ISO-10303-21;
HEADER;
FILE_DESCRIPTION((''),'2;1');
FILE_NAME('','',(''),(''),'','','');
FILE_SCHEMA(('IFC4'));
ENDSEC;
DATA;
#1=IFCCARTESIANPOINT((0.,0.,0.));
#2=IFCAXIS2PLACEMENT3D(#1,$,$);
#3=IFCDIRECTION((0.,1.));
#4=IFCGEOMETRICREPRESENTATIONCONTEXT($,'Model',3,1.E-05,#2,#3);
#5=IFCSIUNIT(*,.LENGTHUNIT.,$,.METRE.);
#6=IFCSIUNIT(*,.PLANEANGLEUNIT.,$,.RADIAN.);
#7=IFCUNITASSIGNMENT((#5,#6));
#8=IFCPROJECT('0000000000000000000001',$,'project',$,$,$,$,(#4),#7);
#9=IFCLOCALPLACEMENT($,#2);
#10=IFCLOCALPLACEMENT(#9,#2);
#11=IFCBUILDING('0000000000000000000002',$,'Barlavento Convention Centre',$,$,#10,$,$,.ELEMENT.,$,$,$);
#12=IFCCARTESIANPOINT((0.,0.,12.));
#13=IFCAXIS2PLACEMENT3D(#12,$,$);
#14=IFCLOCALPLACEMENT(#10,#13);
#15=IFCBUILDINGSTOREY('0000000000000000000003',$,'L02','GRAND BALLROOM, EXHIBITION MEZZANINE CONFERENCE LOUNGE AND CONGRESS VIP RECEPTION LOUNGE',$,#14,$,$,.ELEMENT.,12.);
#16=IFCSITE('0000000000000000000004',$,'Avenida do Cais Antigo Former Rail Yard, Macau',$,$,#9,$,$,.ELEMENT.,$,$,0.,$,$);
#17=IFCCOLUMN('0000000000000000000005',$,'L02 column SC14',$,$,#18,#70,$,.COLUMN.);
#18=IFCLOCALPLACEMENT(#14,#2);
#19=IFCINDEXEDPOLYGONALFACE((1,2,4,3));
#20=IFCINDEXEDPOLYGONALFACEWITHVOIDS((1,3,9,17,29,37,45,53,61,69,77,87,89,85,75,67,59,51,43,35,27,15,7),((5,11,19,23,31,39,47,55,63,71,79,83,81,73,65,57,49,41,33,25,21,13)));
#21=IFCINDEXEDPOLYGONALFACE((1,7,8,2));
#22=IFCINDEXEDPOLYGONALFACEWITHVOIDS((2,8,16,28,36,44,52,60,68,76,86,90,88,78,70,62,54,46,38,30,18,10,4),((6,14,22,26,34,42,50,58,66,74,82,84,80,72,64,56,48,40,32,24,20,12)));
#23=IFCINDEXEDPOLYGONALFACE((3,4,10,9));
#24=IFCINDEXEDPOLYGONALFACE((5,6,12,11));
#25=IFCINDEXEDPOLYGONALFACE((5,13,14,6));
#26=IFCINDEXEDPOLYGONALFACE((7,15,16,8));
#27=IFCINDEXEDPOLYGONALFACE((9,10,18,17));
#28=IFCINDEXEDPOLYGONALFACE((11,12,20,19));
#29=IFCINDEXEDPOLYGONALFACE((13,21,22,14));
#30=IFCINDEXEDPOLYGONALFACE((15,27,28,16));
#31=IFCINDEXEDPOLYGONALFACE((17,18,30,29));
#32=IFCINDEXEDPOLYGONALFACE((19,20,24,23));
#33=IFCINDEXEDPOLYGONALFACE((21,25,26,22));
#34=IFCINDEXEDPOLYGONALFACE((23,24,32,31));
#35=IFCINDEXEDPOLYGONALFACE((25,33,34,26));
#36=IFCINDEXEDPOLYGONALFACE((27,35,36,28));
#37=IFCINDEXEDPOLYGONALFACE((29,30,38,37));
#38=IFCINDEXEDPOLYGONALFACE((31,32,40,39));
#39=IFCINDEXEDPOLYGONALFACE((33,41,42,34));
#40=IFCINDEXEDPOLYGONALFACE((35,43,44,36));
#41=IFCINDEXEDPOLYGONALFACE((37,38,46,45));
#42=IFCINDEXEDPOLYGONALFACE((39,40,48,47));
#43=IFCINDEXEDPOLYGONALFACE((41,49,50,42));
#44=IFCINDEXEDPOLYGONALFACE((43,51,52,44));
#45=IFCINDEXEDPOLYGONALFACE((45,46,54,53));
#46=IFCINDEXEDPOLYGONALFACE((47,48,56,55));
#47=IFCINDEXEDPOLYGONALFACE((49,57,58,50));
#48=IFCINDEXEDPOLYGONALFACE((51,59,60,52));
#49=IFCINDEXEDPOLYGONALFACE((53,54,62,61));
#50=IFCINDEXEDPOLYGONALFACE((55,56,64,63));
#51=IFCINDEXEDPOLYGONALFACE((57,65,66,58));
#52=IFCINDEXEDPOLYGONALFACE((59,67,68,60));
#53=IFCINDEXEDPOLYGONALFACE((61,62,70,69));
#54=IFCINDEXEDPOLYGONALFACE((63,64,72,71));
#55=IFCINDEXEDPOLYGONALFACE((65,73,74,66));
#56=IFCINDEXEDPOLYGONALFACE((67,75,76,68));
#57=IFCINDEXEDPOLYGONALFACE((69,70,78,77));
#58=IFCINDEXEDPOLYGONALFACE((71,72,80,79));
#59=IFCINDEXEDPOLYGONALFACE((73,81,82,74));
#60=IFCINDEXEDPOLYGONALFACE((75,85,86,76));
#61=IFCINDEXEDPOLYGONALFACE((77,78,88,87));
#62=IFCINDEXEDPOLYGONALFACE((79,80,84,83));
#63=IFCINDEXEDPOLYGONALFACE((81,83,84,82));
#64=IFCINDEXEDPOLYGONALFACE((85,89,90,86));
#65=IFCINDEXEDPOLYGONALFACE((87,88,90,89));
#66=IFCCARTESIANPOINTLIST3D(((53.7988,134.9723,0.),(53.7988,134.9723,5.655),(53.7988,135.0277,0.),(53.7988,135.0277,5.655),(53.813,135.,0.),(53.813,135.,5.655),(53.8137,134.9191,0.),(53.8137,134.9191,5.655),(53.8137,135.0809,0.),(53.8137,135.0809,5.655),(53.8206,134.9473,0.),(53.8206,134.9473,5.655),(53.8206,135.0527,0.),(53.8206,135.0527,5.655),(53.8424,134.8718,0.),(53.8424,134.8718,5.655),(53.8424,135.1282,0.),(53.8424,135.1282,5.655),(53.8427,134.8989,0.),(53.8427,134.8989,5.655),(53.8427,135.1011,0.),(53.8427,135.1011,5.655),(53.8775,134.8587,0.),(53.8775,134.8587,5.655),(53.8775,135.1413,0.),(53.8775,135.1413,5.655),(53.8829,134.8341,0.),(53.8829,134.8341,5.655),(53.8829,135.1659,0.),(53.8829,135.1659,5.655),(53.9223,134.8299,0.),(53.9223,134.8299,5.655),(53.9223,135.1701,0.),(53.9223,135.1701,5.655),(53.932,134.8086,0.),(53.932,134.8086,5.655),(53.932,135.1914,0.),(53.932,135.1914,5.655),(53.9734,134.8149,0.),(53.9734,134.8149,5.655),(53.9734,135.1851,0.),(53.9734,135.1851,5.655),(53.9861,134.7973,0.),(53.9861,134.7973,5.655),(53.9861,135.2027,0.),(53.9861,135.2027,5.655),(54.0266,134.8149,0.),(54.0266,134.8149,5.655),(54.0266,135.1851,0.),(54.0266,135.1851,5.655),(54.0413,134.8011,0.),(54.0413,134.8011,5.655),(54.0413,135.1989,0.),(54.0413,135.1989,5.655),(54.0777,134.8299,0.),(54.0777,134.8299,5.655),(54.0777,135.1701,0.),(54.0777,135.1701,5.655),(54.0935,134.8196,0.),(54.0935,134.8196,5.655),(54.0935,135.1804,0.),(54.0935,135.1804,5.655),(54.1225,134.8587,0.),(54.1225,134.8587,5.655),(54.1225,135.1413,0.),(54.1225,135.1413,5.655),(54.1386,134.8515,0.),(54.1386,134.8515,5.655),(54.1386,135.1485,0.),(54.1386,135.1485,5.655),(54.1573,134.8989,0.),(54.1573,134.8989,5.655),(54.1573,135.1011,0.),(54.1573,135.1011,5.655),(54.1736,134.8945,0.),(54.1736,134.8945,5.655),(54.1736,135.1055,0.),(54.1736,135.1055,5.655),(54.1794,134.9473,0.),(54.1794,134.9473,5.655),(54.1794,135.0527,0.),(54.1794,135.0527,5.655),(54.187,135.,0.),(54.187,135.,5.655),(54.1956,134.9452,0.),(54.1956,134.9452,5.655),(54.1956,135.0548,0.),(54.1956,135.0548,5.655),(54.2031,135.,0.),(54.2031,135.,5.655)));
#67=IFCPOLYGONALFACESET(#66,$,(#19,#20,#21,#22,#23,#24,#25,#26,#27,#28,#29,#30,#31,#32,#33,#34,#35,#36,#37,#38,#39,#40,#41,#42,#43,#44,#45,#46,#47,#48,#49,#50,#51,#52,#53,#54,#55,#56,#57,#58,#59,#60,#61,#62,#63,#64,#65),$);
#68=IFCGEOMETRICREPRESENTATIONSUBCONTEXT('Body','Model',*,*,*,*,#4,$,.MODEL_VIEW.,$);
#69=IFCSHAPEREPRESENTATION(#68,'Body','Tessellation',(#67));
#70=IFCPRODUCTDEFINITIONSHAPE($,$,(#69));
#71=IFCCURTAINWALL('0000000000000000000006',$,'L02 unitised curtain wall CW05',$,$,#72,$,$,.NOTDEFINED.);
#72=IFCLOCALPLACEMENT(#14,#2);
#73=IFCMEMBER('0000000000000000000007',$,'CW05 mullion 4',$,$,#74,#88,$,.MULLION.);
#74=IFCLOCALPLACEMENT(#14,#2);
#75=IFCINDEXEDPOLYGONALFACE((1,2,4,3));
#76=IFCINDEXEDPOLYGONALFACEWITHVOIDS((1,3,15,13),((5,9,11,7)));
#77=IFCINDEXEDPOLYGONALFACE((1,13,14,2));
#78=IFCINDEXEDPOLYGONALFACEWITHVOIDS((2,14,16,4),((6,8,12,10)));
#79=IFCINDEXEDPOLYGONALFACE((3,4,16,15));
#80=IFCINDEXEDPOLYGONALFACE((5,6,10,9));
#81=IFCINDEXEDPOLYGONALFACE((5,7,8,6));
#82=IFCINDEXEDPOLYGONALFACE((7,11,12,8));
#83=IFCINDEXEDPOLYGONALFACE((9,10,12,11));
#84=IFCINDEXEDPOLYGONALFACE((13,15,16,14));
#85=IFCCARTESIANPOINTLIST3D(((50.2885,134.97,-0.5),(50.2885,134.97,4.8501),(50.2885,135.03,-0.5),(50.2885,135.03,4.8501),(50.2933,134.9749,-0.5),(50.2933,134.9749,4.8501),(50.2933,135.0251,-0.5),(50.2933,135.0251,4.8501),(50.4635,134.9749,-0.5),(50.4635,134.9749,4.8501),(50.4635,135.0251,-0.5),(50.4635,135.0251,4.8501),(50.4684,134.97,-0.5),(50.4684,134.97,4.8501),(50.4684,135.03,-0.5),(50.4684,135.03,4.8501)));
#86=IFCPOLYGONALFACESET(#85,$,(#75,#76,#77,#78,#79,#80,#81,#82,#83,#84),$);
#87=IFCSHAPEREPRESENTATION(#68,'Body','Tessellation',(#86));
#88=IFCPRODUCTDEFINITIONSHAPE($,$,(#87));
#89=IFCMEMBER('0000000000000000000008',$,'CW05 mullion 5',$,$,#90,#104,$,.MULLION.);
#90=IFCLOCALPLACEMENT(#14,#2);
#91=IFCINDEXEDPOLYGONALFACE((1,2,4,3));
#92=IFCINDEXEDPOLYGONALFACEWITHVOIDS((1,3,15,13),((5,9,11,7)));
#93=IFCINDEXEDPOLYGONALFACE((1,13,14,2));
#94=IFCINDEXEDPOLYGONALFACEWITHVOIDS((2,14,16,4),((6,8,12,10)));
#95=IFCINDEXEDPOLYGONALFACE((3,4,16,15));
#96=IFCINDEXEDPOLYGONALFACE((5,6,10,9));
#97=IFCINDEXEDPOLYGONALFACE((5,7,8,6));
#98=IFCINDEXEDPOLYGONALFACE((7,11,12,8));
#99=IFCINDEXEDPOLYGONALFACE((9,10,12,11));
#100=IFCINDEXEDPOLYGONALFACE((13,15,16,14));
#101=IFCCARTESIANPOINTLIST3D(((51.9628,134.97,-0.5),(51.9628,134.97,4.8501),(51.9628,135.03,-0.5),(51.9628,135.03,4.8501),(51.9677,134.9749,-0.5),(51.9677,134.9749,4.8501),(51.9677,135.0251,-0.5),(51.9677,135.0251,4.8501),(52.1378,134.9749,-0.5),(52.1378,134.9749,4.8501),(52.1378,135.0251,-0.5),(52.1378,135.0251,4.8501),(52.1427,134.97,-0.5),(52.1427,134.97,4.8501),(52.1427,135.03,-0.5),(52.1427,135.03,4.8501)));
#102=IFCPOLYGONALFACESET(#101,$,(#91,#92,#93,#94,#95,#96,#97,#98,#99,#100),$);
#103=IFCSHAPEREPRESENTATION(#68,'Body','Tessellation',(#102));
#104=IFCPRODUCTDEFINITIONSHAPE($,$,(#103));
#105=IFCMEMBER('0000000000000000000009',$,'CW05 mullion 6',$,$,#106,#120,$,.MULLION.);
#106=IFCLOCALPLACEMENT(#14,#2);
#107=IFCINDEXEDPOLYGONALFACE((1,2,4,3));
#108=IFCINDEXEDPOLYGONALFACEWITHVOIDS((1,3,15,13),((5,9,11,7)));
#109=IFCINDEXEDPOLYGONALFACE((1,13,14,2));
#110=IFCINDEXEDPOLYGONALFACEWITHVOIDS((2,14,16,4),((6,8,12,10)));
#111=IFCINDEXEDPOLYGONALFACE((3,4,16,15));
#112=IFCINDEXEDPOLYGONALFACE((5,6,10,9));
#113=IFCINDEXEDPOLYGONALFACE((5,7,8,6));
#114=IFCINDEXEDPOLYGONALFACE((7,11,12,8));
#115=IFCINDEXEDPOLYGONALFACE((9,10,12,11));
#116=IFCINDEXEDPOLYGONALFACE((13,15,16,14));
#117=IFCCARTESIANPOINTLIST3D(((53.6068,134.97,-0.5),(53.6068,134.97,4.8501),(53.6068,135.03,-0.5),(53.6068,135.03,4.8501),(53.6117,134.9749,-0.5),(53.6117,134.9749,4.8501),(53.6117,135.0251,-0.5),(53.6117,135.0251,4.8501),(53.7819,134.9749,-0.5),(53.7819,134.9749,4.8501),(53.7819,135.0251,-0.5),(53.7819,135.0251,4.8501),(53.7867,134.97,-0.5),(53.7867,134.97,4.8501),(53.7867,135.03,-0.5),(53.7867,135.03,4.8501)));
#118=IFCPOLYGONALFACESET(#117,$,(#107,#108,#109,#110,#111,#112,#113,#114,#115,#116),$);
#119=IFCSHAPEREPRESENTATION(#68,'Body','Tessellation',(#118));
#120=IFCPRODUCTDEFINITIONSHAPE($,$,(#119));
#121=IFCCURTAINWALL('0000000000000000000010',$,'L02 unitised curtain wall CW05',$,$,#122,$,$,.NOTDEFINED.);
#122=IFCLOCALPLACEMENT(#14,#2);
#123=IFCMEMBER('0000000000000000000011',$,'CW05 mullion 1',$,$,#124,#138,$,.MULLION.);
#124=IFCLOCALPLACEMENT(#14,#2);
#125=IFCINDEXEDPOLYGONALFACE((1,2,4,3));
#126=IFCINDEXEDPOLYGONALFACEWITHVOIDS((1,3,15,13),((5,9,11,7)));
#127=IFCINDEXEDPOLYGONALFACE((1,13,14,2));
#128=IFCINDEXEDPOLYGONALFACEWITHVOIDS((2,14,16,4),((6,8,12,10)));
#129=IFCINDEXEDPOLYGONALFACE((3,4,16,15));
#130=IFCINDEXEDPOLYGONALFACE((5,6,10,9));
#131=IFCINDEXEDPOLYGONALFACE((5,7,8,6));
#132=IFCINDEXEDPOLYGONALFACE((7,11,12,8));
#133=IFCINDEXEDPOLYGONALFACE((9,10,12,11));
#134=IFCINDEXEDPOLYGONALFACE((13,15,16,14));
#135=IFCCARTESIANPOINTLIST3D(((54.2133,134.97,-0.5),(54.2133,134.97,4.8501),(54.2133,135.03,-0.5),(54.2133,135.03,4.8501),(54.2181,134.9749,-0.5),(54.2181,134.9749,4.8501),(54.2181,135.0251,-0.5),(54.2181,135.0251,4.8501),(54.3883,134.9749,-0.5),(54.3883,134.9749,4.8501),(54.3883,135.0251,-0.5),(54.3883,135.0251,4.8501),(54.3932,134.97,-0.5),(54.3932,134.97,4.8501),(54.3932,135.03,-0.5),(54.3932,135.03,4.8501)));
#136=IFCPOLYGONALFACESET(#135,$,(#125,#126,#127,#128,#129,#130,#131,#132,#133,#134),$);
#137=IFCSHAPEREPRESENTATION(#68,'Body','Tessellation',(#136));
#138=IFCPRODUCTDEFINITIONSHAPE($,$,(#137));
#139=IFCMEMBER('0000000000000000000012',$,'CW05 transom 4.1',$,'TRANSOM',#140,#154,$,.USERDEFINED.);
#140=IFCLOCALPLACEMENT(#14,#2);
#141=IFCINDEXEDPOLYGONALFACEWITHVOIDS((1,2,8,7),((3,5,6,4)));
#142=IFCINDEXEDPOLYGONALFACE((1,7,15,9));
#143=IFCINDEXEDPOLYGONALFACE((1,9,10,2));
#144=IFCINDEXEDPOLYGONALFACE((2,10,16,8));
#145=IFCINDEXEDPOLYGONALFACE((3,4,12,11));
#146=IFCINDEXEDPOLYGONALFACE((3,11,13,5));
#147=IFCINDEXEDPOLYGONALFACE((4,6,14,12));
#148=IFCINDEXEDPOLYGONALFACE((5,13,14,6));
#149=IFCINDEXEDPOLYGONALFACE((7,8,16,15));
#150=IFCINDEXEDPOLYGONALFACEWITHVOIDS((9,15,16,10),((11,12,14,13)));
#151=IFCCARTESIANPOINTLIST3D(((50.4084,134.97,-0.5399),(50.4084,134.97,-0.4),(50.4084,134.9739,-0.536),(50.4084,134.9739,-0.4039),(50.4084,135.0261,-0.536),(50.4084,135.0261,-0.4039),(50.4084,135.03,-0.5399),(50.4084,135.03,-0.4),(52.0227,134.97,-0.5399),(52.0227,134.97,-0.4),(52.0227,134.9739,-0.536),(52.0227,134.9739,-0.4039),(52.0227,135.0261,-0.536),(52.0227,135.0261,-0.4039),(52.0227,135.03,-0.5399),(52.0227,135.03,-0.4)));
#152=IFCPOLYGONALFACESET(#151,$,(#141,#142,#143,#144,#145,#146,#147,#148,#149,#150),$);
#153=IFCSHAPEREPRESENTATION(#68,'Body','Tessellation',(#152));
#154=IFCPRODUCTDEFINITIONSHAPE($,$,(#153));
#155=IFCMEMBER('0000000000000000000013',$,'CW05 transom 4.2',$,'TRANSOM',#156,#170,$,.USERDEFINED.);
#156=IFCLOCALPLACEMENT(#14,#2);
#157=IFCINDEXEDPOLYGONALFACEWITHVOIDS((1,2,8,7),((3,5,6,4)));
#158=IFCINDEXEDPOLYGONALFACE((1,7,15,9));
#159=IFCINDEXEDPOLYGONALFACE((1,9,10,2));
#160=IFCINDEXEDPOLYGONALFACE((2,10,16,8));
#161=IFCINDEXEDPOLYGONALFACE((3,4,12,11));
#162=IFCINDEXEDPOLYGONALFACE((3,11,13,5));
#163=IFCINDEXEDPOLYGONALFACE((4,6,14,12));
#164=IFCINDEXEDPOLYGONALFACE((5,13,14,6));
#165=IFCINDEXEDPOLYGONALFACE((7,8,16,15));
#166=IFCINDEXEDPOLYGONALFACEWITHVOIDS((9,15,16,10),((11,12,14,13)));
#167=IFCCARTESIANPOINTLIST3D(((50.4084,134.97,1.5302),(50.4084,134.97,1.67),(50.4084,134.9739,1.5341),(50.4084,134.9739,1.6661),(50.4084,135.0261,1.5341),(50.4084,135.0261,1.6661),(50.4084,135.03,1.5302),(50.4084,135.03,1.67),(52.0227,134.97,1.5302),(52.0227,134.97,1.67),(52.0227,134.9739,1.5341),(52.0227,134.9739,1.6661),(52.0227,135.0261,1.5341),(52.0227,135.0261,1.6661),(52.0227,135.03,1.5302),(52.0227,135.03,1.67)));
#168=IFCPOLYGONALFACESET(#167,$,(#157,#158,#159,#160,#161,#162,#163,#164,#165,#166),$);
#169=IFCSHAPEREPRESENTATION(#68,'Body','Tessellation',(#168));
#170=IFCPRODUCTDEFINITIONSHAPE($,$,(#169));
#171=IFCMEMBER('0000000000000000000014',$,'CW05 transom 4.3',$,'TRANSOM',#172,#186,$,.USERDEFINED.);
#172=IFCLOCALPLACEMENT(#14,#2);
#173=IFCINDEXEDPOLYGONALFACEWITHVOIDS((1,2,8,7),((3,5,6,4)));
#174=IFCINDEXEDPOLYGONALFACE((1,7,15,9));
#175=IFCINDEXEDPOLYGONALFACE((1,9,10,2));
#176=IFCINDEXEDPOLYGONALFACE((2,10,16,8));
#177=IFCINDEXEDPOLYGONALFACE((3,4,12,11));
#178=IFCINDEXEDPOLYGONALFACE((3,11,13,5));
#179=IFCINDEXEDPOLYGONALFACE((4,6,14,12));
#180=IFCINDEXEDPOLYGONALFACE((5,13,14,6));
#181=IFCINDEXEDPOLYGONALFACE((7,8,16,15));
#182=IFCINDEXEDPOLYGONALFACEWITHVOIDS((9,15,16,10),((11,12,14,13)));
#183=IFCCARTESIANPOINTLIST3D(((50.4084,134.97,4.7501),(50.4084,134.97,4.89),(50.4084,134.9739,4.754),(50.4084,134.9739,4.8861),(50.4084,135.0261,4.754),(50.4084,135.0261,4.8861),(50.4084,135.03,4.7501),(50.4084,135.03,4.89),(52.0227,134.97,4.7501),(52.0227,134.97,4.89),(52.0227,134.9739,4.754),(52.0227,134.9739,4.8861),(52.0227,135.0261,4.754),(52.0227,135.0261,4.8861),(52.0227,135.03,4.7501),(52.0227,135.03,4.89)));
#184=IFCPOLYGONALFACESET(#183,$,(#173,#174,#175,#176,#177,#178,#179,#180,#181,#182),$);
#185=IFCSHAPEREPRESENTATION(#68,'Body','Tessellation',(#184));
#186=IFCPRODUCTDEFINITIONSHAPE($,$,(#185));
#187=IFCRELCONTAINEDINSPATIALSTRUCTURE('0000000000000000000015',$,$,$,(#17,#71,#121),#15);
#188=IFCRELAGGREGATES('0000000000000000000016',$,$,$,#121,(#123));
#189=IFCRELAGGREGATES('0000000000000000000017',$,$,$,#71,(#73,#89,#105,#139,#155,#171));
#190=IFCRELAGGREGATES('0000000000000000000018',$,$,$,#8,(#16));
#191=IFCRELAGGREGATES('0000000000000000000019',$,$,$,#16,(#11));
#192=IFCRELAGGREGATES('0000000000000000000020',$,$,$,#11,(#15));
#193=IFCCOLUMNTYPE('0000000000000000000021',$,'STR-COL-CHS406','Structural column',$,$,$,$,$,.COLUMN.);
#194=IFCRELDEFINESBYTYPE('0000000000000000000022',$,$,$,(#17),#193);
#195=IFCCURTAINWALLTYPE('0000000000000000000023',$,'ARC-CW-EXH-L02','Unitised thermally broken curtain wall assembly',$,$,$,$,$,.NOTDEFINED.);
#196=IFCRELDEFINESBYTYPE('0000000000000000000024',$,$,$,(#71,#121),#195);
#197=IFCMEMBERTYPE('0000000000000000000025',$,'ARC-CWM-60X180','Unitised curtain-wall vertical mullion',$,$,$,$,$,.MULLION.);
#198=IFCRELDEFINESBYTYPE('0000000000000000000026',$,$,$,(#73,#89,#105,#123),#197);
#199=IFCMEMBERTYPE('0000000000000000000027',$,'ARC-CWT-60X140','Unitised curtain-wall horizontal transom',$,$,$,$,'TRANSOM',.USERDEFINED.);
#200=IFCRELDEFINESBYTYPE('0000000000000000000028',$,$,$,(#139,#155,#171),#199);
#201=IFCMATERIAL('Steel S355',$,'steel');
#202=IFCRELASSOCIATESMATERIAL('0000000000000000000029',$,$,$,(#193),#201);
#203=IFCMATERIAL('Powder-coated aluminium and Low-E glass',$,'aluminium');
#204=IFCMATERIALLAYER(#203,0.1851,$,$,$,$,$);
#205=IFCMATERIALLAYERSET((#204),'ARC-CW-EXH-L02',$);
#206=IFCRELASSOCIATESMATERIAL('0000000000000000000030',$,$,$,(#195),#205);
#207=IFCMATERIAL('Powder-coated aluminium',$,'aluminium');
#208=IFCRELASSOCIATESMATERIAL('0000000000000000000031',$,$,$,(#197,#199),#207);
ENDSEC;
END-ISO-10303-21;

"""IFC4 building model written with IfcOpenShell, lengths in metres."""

from ifc_helpers import new_model, si_unit, direction, frame, origin, origin_2d, place, context, subcontext, project, spatial, hollow_rectangle, hollow_circle, extrude, material, layer, layer_set, material_profile, profile_set, type_object, element, aggregate, save


model = new_model("IFC4")

# Units and contexts
model_context = context("Model", 3, precision=1e-05, world=origin(), true_north=direction((0.0, 1.0)))
body_context = subcontext(model_context, "Body", "Model", "MODEL_VIEW")
ifc_project = project(units=[si_unit("LENGTHUNIT", "METRE"), si_unit("PLANEANGLEUNIT", "RADIAN")], contexts=[model_context])

# Site, building, storey
site_placement = place(None, origin())
site = spatial("IfcSite", under=ifc_project, at=site_placement, Name="Avenida do Cais Antigo Former Rail Yard, Macau", CompositionType="ELEMENT", RefElevation=0.0)
building_placement = place(site_placement, origin())
building = spatial("IfcBuilding", under=site, at=building_placement, Name="Barlavento Convention Centre", CompositionType="ELEMENT")
storey_placement = place(building_placement, frame((0.0, 0.0, 12.0)))
storey = spatial("IfcBuildingStorey", under=building, at=storey_placement, Name="L02", Description="GRAND BALLROOM, EXHIBITION MEZZANINE CONFERENCE LOUNGE AND CONGRESS VIP RECEPTION LOUNGE", CompositionType="ELEMENT", Elevation=12.0)

# Column
ifc_material_1 = material(Name="Steel S355", Category="steel")
ifc_material_profile_1 = material_profile(ifc_material_1, hollow_circle(Radius=0.2031, WallThickness=0.0161, at=origin_2d()), Name="CHS 406.4x16.0")
ifc_profile_set_1 = profile_set([ifc_material_profile_1], Name="Steel S355")
column_type = type_object("IfcColumnType", Name="STR-COL-CHS406", Description="Structural column", PredefinedType="COLUMN", material=ifc_profile_set_1)
column_placement = place(storey_placement, frame((54.0, 135.0, 0.0), z_axis=(0.0, 0.0, 1.0), x_axis=(1.0, 0.0, 0.0)))
element("IfcColumn", 1, at=column_placement, inside=storey, type_object=column_type, Name="L02 column SC14", PredefinedType="COLUMN", context=body_context, shape_type="SweptSolid", body=[
    extrude(hollow_circle(Radius=0.2031, WallThickness=0.0161, at=origin_2d()), origin(), (0.0, 0.0, 1.0), 5.655),
])

# Curtain wall, members
ifc_material_2 = material(Name="Powder-coated aluminium and Low-E glass", Category="aluminium")
ifc_layer_1 = layer(ifc_material_2, 0.1851)
ifc_layer_set_1 = layer_set([ifc_layer_1], Name="ARC-CW-EXH-L02")
curtain_wall_type = type_object("IfcCurtainWallType", Name="ARC-CW-EXH-L02", Description="Unitised thermally broken curtain wall assembly", PredefinedType="NOTDEFINED", material=ifc_layer_set_1)
curtain_wall_1_placement = place(storey_placement, origin())
curtain_wall_1 = element("IfcCurtainWall", 2, at=curtain_wall_1_placement, inside=storey, type_object=curtain_wall_type, Name="L02 unitised curtain wall CW05", PredefinedType="NOTDEFINED")
ifc_material_3 = material(Name="Powder-coated aluminium", Category="aluminium")
ifc_material_profile_2 = material_profile(ifc_material_3, hollow_rectangle(XDim=0.0601, YDim=0.1799, WallThickness=0.0049, at=origin_2d()), Name="AL-MULL 60x180x5")
ifc_profile_set_2 = profile_set([ifc_material_profile_2], Name="Powder-coated aluminium")
member_type_1 = type_object("IfcMemberType", Name="ARC-CWM-60X180", Description="Unitised curtain-wall vertical mullion", PredefinedType="MULLION", material=ifc_profile_set_2)
member_1_placement = place(storey_placement, frame((50.3784, 135.0, -0.5), z_axis=(0.0, 0.0, 1.0), x_axis=(0.0, 1.0, 0.0)))
member_1 = element("IfcMember", 3, at=member_1_placement, type_object=member_type_1, Name="CW05 mullion 4", PredefinedType="MULLION", context=body_context, shape_type="SweptSolid", body=[
    extrude(hollow_rectangle(XDim=0.0601, YDim=0.1799, WallThickness=0.0049, at=origin_2d()), origin(), (0.0, 0.0, 1.0), 5.3501),
])
member_2_placement = place(storey_placement, frame((52.0527, 135.0, -0.5), z_axis=(0.0, 0.0, 1.0), x_axis=(0.0, 1.0, 0.0)))
member_2 = element("IfcMember", 4, at=member_2_placement, type_object=member_type_1, Name="CW05 mullion 5", PredefinedType="MULLION", context=body_context, shape_type="SweptSolid", body=[
    extrude(hollow_rectangle(XDim=0.0601, YDim=0.1799, WallThickness=0.0049, at=origin_2d()), origin(), (0.0, 0.0, 1.0), 5.3501),
])
member_3_placement = place(storey_placement, frame((53.6968, 135.0, -0.5), z_axis=(0.0, 0.0, 1.0), x_axis=(0.0, 1.0, 0.0)))
member_3 = element("IfcMember", 5, at=member_3_placement, type_object=member_type_1, Name="CW05 mullion 6", PredefinedType="MULLION", context=body_context, shape_type="SweptSolid", body=[
    extrude(hollow_rectangle(XDim=0.0601, YDim=0.1799, WallThickness=0.0049, at=origin_2d()), origin(), (0.0, 0.0, 1.0), 5.3501),
])

# Curtain wall, member
curtain_wall_2_placement = place(storey_placement, origin())
curtain_wall_2 = element("IfcCurtainWall", 6, at=curtain_wall_2_placement, inside=storey, type_object=curtain_wall_type, Name="L02 unitised curtain wall CW05", PredefinedType="NOTDEFINED")
member_4_placement = place(storey_placement, frame((54.3032, 135.0, -0.5), z_axis=(0.0, 0.0, 1.0), x_axis=(0.0, 1.0, 0.0)))
member_4 = element("IfcMember", 7, at=member_4_placement, type_object=member_type_1, Name="CW05 mullion 1", PredefinedType="MULLION", context=body_context, shape_type="SweptSolid", body=[
    extrude(hollow_rectangle(XDim=0.0601, YDim=0.1799, WallThickness=0.0049, at=origin_2d()), origin(), (0.0, 0.0, 1.0), 5.3501),
])

# Members
ifc_material_profile_3 = material_profile(ifc_material_3, hollow_rectangle(XDim=0.0601, YDim=0.1399, WallThickness=0.0039, at=origin_2d()), Name="AL-TRAN 60x140x4")
ifc_profile_set_3 = profile_set([ifc_material_profile_3], Name="Powder-coated aluminium")
member_type_2 = type_object("IfcMemberType", Name="ARC-CWT-60X140", Description="Unitised curtain-wall horizontal transom", ElementType="TRANSOM", PredefinedType="USERDEFINED", material=ifc_profile_set_3)
member_5_placement = place(storey_placement, frame((50.4084, 135.0, -0.47), z_axis=(1.0, 0.0, 0.0), x_axis=(0.0, 1.0, 0.0)))
member_5 = element("IfcMember", 8, at=member_5_placement, type_object=member_type_2, Name="CW05 transom 4.1", ObjectType="TRANSOM", PredefinedType="USERDEFINED", context=body_context, shape_type="SweptSolid", body=[
    extrude(hollow_rectangle(XDim=0.0601, YDim=0.1399, WallThickness=0.0039, at=origin_2d()), origin(), (0.0, 0.0, 1.0), 1.6143),
])
member_6_placement = place(storey_placement, frame((50.4084, 135.0, 1.6001), z_axis=(1.0, 0.0, 0.0), x_axis=(0.0, 1.0, 0.0)))
member_6 = element("IfcMember", 9, at=member_6_placement, type_object=member_type_2, Name="CW05 transom 4.2", ObjectType="TRANSOM", PredefinedType="USERDEFINED", context=body_context, shape_type="SweptSolid", body=[
    extrude(hollow_rectangle(XDim=0.0601, YDim=0.1399, WallThickness=0.0039, at=origin_2d()), origin(), (0.0, 0.0, 1.0), 1.6143),
])
member_7_placement = place(storey_placement, frame((50.4084, 135.0, 4.8201), z_axis=(1.0, 0.0, 0.0), x_axis=(0.0, 1.0, 0.0)))
member_7 = element("IfcMember", 10, at=member_7_placement, type_object=member_type_2, Name="CW05 transom 4.3", ObjectType="TRANSOM", PredefinedType="USERDEFINED", context=body_context, shape_type="SweptSolid", body=[
    extrude(hollow_rectangle(XDim=0.0601, YDim=0.1399, WallThickness=0.0039, at=origin_2d()), origin(), (0.0, 0.0, 1.0), 1.6143),
])
aggregate(curtain_wall_2, [member_4])

aggregate(curtain_wall_1, [member_1, member_2, member_3, member_5, member_6, member_7])

save(model, "model.ifc")
